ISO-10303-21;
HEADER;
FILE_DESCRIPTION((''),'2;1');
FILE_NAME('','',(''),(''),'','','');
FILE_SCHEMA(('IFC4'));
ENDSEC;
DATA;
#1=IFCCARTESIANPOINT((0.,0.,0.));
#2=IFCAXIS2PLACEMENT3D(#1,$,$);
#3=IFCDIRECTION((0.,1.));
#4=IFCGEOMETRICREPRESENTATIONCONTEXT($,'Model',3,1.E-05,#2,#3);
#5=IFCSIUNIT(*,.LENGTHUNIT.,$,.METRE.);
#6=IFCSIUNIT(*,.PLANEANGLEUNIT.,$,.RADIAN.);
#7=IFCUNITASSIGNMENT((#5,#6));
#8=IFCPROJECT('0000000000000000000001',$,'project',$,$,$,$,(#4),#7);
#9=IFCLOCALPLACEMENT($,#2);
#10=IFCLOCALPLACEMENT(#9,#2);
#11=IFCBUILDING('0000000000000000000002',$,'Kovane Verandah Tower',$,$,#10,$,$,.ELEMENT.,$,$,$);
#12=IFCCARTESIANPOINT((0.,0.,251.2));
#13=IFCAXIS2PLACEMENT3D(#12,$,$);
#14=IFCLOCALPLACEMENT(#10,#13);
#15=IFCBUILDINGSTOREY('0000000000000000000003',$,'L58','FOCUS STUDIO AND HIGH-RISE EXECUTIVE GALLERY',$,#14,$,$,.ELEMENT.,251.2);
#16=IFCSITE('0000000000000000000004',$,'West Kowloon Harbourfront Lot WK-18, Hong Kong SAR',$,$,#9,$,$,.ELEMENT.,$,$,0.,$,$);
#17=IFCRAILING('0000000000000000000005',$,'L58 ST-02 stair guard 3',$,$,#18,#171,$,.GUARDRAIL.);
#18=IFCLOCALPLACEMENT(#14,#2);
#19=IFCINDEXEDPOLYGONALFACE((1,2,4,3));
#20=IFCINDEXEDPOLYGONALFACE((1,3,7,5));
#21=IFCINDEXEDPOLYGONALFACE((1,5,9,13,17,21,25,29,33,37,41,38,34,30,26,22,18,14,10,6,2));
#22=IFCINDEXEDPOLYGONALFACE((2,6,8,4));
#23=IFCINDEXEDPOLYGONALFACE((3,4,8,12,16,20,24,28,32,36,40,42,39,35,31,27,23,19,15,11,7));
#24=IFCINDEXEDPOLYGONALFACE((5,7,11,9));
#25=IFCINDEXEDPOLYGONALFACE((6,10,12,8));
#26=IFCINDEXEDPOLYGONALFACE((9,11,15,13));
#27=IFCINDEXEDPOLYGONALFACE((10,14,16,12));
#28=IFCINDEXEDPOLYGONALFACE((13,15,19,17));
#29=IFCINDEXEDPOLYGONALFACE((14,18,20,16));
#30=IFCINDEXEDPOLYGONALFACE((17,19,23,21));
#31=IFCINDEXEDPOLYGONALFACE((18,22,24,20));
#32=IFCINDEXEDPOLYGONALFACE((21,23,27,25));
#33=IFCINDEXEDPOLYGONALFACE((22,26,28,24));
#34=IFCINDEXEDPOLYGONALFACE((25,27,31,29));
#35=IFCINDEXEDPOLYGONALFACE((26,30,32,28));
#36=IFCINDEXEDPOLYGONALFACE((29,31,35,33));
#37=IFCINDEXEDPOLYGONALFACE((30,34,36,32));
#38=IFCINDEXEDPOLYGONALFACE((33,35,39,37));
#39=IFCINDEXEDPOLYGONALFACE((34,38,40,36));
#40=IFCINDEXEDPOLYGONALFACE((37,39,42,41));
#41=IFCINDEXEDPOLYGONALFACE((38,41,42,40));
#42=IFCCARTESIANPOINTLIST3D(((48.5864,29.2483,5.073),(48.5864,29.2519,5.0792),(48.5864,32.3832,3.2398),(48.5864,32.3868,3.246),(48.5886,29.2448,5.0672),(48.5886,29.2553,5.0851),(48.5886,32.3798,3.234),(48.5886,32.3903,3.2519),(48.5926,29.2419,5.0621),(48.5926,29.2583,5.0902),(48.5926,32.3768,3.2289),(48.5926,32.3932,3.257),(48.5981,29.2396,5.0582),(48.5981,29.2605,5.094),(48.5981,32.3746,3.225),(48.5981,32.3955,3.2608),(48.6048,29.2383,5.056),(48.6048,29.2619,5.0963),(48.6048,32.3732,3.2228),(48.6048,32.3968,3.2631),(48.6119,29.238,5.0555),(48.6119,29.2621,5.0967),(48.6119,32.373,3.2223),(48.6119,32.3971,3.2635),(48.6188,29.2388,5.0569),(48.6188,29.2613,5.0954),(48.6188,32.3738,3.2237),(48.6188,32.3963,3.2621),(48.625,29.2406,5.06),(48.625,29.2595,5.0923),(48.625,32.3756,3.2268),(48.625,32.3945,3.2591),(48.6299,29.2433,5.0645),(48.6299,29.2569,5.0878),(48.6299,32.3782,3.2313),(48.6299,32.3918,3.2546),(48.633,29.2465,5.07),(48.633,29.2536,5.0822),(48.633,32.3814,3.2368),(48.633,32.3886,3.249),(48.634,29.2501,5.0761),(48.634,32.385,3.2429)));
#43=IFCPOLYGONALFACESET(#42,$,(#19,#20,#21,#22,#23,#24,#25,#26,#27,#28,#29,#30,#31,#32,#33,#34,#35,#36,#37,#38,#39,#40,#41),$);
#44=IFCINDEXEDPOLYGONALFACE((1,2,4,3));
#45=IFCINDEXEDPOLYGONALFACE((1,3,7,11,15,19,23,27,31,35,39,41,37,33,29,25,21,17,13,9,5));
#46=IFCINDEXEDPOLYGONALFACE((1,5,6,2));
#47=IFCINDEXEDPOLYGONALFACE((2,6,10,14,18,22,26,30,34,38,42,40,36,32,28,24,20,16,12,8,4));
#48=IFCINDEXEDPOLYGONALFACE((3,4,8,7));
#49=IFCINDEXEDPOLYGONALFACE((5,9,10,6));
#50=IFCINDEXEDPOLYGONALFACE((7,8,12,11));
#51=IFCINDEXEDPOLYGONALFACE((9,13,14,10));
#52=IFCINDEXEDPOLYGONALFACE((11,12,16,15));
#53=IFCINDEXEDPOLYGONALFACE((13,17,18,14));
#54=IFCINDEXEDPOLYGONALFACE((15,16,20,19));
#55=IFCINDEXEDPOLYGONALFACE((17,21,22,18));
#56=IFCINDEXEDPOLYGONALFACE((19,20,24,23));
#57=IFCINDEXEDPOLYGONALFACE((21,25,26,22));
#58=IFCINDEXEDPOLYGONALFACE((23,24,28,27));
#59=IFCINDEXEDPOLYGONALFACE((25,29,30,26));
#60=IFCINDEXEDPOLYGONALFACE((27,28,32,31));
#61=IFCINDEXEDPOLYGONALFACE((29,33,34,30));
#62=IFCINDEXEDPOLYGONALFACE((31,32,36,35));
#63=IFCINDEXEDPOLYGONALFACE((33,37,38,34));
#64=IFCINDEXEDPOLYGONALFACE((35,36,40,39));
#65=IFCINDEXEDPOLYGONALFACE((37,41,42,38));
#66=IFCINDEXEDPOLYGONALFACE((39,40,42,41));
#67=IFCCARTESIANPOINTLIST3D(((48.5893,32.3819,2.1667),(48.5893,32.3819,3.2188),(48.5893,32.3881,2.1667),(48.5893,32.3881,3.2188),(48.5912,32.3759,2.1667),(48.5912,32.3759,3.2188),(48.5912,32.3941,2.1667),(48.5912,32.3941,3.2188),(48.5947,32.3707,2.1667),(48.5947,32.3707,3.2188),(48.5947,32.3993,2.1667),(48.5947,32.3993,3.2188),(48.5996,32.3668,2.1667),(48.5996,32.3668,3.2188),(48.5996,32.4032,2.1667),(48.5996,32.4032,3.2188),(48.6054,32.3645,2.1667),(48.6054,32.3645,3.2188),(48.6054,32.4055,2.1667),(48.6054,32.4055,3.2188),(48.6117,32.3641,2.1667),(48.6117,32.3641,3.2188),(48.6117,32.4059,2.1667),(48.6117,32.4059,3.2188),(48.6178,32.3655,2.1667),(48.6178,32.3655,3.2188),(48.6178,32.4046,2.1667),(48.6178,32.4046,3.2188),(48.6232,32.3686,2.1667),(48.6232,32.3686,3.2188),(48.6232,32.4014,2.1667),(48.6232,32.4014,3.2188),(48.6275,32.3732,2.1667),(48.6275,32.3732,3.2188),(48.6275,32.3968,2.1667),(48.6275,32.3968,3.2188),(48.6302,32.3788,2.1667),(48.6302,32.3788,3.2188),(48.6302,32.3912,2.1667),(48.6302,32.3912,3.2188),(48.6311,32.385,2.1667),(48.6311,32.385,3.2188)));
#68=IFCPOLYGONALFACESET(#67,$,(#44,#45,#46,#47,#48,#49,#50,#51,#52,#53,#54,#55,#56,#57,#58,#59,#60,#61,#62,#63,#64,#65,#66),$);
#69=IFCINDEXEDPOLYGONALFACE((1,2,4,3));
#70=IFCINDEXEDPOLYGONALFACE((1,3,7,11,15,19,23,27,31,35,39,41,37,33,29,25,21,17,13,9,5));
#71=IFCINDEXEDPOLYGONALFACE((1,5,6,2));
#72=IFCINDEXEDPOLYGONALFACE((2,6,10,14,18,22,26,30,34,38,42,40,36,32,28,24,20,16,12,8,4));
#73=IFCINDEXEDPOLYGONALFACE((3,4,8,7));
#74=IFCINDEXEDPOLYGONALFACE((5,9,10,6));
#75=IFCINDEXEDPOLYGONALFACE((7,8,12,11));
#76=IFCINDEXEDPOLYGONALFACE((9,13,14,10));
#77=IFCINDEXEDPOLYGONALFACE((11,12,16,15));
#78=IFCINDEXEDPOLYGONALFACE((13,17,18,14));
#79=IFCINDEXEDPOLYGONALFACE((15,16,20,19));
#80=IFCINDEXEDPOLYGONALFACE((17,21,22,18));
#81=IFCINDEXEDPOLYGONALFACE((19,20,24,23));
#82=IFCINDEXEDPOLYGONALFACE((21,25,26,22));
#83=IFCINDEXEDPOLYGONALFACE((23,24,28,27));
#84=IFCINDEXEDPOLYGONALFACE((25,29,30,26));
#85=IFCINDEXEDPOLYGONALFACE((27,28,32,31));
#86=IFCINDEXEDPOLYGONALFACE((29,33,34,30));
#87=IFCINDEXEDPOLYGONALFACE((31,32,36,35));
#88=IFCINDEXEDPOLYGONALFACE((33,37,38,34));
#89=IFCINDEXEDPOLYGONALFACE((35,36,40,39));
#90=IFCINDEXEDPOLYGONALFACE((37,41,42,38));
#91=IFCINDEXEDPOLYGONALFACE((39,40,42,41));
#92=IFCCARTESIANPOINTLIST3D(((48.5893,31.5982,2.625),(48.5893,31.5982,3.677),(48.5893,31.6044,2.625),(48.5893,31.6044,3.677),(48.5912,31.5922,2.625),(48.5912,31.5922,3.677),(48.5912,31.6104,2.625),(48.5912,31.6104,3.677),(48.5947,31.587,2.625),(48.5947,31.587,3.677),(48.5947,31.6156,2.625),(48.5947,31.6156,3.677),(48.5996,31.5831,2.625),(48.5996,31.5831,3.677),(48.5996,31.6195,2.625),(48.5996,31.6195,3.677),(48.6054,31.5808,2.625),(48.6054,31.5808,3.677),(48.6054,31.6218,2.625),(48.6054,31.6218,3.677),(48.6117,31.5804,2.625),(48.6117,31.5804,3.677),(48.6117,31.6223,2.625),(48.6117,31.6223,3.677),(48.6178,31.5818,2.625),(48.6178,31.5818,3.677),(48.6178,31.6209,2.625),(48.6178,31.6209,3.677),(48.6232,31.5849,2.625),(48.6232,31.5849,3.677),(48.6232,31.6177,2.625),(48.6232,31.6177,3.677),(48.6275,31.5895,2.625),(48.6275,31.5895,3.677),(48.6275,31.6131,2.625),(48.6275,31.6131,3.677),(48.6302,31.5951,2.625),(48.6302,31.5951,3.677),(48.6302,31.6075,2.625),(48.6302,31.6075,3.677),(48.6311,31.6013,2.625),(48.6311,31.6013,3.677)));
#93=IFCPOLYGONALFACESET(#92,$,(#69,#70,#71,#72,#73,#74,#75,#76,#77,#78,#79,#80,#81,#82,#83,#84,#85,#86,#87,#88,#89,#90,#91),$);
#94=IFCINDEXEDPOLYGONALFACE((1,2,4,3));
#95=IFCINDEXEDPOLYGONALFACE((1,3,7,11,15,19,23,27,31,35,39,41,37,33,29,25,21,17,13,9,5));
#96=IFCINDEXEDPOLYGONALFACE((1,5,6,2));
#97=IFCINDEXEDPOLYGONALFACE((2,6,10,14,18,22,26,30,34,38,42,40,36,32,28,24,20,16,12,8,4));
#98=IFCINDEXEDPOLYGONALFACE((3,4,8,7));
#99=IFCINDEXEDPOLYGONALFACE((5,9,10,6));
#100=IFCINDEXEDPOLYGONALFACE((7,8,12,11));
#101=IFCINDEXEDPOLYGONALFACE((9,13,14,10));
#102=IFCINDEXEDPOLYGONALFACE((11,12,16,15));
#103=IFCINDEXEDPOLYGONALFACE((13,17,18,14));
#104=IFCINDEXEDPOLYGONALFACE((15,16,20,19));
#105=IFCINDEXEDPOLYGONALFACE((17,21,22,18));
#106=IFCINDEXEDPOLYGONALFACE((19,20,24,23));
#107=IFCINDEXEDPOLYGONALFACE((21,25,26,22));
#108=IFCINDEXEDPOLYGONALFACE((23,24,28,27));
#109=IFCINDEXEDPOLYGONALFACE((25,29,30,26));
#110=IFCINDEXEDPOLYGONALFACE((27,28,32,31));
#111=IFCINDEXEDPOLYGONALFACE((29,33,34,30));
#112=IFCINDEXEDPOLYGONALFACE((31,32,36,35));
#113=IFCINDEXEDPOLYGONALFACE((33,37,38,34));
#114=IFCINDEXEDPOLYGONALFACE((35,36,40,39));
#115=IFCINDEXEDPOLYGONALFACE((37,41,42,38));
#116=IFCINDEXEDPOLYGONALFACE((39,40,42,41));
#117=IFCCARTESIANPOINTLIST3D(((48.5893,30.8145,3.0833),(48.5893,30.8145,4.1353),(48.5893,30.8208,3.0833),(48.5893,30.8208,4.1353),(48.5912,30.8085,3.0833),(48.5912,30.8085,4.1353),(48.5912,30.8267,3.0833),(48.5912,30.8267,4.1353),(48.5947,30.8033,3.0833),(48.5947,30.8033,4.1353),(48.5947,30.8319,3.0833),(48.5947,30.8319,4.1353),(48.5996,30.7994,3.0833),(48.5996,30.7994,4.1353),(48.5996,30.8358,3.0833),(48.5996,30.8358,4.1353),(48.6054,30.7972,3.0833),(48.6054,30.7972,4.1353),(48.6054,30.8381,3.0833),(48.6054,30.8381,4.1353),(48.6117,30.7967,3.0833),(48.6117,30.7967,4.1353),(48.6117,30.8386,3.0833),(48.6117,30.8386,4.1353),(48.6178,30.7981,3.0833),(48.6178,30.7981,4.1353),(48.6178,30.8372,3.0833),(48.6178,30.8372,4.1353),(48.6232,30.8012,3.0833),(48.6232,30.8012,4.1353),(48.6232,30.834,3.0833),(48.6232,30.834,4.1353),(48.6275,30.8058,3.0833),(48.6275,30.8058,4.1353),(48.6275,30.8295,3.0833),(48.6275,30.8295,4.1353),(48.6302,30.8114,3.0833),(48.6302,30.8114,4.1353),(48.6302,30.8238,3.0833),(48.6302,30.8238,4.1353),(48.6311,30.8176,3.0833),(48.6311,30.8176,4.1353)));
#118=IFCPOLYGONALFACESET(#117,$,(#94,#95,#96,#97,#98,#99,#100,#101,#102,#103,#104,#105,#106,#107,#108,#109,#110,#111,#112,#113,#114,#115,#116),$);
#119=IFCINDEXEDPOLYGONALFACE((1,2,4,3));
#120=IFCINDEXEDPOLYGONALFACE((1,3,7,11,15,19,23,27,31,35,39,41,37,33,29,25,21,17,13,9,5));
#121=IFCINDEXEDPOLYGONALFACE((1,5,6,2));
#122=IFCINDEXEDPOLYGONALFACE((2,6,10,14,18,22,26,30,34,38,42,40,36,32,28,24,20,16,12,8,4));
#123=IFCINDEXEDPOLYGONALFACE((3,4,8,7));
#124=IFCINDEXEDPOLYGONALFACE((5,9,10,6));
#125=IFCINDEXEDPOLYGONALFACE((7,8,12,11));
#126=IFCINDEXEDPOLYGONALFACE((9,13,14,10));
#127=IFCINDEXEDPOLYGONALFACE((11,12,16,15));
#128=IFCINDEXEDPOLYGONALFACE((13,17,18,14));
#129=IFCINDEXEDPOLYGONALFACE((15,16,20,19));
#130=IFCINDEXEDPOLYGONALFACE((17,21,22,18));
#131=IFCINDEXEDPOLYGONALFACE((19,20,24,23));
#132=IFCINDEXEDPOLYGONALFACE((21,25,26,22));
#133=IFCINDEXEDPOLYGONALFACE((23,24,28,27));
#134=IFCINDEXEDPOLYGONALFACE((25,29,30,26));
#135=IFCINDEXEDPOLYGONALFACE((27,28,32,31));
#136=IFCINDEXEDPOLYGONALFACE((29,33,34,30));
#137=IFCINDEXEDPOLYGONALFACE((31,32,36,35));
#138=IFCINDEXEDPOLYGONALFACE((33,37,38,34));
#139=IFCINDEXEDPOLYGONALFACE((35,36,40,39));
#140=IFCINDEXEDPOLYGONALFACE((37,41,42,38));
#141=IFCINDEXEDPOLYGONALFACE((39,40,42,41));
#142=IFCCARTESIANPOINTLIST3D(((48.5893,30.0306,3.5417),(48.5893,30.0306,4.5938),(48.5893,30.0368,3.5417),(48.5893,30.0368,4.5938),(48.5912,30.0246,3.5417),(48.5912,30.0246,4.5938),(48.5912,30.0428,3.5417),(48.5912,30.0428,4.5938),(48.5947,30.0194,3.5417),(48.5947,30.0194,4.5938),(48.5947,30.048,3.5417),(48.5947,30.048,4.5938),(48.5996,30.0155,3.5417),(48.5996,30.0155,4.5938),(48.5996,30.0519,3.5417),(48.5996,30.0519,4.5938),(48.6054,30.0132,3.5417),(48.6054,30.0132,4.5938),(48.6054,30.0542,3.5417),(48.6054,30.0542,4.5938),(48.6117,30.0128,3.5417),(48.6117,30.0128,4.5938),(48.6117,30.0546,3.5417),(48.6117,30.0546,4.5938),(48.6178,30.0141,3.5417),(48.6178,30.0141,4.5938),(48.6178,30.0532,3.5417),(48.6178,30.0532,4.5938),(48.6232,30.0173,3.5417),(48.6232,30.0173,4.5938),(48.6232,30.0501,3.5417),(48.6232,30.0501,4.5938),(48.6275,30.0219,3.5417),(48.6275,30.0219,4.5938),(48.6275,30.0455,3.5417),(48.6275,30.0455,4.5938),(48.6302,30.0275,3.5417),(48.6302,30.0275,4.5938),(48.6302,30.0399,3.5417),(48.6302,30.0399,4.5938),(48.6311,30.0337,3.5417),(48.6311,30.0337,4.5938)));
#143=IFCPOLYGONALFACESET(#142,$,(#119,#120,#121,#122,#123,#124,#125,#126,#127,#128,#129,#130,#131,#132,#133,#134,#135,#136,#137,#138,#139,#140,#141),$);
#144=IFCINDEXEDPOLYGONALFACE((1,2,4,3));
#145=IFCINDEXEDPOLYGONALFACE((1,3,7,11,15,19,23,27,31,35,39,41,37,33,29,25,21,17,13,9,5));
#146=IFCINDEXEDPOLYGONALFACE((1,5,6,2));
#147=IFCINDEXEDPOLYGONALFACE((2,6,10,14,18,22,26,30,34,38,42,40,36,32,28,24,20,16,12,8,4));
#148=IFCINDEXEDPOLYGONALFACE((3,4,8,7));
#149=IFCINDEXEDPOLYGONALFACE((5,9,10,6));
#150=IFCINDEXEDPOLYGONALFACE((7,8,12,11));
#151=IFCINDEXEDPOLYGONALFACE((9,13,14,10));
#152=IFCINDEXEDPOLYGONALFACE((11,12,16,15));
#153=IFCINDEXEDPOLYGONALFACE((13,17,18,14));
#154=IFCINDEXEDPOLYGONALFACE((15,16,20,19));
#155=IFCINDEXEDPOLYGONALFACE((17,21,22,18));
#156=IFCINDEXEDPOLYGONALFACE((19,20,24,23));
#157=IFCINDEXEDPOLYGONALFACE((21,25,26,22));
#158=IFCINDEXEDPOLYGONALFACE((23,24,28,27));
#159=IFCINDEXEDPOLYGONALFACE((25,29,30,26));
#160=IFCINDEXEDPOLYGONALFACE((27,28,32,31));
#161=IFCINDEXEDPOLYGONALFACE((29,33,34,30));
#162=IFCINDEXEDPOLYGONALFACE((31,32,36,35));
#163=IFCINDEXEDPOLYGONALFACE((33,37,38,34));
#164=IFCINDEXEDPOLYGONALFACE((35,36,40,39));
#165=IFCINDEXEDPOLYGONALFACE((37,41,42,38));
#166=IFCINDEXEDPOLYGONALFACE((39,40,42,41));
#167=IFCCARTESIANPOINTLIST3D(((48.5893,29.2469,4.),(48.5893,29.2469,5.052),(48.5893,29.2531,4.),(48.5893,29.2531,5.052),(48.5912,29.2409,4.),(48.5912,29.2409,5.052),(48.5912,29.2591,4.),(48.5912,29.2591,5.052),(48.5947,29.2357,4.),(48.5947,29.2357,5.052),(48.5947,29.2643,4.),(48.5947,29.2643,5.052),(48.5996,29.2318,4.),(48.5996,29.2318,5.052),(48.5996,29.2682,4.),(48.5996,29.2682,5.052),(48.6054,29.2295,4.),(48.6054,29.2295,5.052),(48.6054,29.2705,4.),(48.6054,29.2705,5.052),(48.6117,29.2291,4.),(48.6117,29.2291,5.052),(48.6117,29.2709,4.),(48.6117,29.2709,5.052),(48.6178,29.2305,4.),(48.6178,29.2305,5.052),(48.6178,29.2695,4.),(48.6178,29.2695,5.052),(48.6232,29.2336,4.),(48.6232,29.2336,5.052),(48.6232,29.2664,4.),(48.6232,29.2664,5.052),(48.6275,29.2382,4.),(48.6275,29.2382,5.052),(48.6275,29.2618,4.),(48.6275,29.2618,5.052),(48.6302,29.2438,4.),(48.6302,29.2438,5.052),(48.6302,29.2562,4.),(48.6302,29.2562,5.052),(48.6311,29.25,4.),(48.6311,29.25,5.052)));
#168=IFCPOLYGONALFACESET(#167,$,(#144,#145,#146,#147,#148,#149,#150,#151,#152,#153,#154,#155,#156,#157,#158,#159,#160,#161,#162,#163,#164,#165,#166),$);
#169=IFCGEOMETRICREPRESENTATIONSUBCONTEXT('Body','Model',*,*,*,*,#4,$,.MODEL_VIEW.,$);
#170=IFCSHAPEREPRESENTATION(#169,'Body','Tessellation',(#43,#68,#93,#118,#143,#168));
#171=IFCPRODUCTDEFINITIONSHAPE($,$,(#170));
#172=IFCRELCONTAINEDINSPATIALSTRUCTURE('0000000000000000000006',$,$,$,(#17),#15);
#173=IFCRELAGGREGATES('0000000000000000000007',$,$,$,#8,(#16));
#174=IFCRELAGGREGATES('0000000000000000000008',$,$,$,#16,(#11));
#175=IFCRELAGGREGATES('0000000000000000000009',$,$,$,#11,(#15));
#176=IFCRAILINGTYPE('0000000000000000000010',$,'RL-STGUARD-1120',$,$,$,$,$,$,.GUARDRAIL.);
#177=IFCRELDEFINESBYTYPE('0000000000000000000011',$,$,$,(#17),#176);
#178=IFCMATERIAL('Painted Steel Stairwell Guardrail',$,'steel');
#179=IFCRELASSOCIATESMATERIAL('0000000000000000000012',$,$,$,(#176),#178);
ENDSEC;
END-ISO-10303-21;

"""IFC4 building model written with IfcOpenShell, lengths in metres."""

from ifc_helpers import new_model, si_unit, direction, frame, origin, origin_2d, place, context, subcontext, project, spatial, circle, extrude, material, type_object, element, save


model = new_model("IFC4")

# Units and contexts
model_context = context("Model", 3, precision=1e-05, world=origin(), true_north=direction((0.0, 1.0)))
body_context = subcontext(model_context, "Body", "Model", "MODEL_VIEW")
ifc_project = project(units=[si_unit("LENGTHUNIT", "METRE"), si_unit("PLANEANGLEUNIT", "RADIAN")], contexts=[model_context])

# Site, building, storey
site_placement = place(None, origin())
site = spatial("IfcSite", under=ifc_project, at=site_placement, Name="West Kowloon Harbourfront Lot WK-18, Hong Kong SAR", CompositionType="ELEMENT", RefElevation=0.0)
building_placement = place(site_placement, origin())
building = spatial("IfcBuilding", under=site, at=building_placement, Name="Kovane Verandah Tower", CompositionType="ELEMENT")
storey_placement = place(building_placement, frame((0.0, 0.0, 251.2)))
storey = spatial("IfcBuildingStorey", under=building, at=storey_placement, Name="L58", Description="FOCUS STUDIO AND HIGH-RISE EXECUTIVE GALLERY", CompositionType="ELEMENT", Elevation=251.2)

# Railing
ifc_material_1 = material(Name="Painted Steel Stairwell Guardrail", Category="steel")
railing_type_1 = type_object("IfcRailingType", Name="RL-STGUARD-1120", PredefinedType="GUARDRAIL", material=ifc_material_1)
for number, where, name in (
    (1, (48.6101, 32.385, 2.1667), "L58 ST-02 stair guard 3"),
):
    element("IfcRailing", number, at=place(storey_placement, frame(where)), inside=storey, type_object=railing_type_1, Name=name, PredefinedType="GUARDRAIL", context=body_context, shape_type="SweptSolid", body=[
        extrude(circle(Radius=0.0239, at=origin_2d()), frame((0.0, 0.0, 1.0762), z_axis=(0.0, -0.86324, 0.504794), x_axis=(1.0, 0.0, 0.0)), (0.0, 0.0, 1.0), 3.6316),
        extrude(circle(Radius=0.021, at=origin_2d()), origin(), (0.0, 0.0, 1.0), 1.052),
        extrude(circle(Radius=0.021, at=origin_2d()), frame((0.0, -0.7837, 0.4583)), (0.0, 0.0, 1.0), 1.052),
        extrude(circle(Radius=0.021, at=origin_2d()), frame((0.0, -1.5674, 0.9165)), (0.0, 0.0, 1.0), 1.052),
        extrude(circle(Radius=0.021, at=origin_2d()), frame((0.0, -2.3513, 1.375)), (0.0, 0.0, 1.0), 1.052),
        extrude(circle(Radius=0.021, at=origin_2d()), frame((0.0, -3.135, 1.8333)), (0.0, 0.0, 1.0), 1.052),
    ])

save(model, "model.ifc")
